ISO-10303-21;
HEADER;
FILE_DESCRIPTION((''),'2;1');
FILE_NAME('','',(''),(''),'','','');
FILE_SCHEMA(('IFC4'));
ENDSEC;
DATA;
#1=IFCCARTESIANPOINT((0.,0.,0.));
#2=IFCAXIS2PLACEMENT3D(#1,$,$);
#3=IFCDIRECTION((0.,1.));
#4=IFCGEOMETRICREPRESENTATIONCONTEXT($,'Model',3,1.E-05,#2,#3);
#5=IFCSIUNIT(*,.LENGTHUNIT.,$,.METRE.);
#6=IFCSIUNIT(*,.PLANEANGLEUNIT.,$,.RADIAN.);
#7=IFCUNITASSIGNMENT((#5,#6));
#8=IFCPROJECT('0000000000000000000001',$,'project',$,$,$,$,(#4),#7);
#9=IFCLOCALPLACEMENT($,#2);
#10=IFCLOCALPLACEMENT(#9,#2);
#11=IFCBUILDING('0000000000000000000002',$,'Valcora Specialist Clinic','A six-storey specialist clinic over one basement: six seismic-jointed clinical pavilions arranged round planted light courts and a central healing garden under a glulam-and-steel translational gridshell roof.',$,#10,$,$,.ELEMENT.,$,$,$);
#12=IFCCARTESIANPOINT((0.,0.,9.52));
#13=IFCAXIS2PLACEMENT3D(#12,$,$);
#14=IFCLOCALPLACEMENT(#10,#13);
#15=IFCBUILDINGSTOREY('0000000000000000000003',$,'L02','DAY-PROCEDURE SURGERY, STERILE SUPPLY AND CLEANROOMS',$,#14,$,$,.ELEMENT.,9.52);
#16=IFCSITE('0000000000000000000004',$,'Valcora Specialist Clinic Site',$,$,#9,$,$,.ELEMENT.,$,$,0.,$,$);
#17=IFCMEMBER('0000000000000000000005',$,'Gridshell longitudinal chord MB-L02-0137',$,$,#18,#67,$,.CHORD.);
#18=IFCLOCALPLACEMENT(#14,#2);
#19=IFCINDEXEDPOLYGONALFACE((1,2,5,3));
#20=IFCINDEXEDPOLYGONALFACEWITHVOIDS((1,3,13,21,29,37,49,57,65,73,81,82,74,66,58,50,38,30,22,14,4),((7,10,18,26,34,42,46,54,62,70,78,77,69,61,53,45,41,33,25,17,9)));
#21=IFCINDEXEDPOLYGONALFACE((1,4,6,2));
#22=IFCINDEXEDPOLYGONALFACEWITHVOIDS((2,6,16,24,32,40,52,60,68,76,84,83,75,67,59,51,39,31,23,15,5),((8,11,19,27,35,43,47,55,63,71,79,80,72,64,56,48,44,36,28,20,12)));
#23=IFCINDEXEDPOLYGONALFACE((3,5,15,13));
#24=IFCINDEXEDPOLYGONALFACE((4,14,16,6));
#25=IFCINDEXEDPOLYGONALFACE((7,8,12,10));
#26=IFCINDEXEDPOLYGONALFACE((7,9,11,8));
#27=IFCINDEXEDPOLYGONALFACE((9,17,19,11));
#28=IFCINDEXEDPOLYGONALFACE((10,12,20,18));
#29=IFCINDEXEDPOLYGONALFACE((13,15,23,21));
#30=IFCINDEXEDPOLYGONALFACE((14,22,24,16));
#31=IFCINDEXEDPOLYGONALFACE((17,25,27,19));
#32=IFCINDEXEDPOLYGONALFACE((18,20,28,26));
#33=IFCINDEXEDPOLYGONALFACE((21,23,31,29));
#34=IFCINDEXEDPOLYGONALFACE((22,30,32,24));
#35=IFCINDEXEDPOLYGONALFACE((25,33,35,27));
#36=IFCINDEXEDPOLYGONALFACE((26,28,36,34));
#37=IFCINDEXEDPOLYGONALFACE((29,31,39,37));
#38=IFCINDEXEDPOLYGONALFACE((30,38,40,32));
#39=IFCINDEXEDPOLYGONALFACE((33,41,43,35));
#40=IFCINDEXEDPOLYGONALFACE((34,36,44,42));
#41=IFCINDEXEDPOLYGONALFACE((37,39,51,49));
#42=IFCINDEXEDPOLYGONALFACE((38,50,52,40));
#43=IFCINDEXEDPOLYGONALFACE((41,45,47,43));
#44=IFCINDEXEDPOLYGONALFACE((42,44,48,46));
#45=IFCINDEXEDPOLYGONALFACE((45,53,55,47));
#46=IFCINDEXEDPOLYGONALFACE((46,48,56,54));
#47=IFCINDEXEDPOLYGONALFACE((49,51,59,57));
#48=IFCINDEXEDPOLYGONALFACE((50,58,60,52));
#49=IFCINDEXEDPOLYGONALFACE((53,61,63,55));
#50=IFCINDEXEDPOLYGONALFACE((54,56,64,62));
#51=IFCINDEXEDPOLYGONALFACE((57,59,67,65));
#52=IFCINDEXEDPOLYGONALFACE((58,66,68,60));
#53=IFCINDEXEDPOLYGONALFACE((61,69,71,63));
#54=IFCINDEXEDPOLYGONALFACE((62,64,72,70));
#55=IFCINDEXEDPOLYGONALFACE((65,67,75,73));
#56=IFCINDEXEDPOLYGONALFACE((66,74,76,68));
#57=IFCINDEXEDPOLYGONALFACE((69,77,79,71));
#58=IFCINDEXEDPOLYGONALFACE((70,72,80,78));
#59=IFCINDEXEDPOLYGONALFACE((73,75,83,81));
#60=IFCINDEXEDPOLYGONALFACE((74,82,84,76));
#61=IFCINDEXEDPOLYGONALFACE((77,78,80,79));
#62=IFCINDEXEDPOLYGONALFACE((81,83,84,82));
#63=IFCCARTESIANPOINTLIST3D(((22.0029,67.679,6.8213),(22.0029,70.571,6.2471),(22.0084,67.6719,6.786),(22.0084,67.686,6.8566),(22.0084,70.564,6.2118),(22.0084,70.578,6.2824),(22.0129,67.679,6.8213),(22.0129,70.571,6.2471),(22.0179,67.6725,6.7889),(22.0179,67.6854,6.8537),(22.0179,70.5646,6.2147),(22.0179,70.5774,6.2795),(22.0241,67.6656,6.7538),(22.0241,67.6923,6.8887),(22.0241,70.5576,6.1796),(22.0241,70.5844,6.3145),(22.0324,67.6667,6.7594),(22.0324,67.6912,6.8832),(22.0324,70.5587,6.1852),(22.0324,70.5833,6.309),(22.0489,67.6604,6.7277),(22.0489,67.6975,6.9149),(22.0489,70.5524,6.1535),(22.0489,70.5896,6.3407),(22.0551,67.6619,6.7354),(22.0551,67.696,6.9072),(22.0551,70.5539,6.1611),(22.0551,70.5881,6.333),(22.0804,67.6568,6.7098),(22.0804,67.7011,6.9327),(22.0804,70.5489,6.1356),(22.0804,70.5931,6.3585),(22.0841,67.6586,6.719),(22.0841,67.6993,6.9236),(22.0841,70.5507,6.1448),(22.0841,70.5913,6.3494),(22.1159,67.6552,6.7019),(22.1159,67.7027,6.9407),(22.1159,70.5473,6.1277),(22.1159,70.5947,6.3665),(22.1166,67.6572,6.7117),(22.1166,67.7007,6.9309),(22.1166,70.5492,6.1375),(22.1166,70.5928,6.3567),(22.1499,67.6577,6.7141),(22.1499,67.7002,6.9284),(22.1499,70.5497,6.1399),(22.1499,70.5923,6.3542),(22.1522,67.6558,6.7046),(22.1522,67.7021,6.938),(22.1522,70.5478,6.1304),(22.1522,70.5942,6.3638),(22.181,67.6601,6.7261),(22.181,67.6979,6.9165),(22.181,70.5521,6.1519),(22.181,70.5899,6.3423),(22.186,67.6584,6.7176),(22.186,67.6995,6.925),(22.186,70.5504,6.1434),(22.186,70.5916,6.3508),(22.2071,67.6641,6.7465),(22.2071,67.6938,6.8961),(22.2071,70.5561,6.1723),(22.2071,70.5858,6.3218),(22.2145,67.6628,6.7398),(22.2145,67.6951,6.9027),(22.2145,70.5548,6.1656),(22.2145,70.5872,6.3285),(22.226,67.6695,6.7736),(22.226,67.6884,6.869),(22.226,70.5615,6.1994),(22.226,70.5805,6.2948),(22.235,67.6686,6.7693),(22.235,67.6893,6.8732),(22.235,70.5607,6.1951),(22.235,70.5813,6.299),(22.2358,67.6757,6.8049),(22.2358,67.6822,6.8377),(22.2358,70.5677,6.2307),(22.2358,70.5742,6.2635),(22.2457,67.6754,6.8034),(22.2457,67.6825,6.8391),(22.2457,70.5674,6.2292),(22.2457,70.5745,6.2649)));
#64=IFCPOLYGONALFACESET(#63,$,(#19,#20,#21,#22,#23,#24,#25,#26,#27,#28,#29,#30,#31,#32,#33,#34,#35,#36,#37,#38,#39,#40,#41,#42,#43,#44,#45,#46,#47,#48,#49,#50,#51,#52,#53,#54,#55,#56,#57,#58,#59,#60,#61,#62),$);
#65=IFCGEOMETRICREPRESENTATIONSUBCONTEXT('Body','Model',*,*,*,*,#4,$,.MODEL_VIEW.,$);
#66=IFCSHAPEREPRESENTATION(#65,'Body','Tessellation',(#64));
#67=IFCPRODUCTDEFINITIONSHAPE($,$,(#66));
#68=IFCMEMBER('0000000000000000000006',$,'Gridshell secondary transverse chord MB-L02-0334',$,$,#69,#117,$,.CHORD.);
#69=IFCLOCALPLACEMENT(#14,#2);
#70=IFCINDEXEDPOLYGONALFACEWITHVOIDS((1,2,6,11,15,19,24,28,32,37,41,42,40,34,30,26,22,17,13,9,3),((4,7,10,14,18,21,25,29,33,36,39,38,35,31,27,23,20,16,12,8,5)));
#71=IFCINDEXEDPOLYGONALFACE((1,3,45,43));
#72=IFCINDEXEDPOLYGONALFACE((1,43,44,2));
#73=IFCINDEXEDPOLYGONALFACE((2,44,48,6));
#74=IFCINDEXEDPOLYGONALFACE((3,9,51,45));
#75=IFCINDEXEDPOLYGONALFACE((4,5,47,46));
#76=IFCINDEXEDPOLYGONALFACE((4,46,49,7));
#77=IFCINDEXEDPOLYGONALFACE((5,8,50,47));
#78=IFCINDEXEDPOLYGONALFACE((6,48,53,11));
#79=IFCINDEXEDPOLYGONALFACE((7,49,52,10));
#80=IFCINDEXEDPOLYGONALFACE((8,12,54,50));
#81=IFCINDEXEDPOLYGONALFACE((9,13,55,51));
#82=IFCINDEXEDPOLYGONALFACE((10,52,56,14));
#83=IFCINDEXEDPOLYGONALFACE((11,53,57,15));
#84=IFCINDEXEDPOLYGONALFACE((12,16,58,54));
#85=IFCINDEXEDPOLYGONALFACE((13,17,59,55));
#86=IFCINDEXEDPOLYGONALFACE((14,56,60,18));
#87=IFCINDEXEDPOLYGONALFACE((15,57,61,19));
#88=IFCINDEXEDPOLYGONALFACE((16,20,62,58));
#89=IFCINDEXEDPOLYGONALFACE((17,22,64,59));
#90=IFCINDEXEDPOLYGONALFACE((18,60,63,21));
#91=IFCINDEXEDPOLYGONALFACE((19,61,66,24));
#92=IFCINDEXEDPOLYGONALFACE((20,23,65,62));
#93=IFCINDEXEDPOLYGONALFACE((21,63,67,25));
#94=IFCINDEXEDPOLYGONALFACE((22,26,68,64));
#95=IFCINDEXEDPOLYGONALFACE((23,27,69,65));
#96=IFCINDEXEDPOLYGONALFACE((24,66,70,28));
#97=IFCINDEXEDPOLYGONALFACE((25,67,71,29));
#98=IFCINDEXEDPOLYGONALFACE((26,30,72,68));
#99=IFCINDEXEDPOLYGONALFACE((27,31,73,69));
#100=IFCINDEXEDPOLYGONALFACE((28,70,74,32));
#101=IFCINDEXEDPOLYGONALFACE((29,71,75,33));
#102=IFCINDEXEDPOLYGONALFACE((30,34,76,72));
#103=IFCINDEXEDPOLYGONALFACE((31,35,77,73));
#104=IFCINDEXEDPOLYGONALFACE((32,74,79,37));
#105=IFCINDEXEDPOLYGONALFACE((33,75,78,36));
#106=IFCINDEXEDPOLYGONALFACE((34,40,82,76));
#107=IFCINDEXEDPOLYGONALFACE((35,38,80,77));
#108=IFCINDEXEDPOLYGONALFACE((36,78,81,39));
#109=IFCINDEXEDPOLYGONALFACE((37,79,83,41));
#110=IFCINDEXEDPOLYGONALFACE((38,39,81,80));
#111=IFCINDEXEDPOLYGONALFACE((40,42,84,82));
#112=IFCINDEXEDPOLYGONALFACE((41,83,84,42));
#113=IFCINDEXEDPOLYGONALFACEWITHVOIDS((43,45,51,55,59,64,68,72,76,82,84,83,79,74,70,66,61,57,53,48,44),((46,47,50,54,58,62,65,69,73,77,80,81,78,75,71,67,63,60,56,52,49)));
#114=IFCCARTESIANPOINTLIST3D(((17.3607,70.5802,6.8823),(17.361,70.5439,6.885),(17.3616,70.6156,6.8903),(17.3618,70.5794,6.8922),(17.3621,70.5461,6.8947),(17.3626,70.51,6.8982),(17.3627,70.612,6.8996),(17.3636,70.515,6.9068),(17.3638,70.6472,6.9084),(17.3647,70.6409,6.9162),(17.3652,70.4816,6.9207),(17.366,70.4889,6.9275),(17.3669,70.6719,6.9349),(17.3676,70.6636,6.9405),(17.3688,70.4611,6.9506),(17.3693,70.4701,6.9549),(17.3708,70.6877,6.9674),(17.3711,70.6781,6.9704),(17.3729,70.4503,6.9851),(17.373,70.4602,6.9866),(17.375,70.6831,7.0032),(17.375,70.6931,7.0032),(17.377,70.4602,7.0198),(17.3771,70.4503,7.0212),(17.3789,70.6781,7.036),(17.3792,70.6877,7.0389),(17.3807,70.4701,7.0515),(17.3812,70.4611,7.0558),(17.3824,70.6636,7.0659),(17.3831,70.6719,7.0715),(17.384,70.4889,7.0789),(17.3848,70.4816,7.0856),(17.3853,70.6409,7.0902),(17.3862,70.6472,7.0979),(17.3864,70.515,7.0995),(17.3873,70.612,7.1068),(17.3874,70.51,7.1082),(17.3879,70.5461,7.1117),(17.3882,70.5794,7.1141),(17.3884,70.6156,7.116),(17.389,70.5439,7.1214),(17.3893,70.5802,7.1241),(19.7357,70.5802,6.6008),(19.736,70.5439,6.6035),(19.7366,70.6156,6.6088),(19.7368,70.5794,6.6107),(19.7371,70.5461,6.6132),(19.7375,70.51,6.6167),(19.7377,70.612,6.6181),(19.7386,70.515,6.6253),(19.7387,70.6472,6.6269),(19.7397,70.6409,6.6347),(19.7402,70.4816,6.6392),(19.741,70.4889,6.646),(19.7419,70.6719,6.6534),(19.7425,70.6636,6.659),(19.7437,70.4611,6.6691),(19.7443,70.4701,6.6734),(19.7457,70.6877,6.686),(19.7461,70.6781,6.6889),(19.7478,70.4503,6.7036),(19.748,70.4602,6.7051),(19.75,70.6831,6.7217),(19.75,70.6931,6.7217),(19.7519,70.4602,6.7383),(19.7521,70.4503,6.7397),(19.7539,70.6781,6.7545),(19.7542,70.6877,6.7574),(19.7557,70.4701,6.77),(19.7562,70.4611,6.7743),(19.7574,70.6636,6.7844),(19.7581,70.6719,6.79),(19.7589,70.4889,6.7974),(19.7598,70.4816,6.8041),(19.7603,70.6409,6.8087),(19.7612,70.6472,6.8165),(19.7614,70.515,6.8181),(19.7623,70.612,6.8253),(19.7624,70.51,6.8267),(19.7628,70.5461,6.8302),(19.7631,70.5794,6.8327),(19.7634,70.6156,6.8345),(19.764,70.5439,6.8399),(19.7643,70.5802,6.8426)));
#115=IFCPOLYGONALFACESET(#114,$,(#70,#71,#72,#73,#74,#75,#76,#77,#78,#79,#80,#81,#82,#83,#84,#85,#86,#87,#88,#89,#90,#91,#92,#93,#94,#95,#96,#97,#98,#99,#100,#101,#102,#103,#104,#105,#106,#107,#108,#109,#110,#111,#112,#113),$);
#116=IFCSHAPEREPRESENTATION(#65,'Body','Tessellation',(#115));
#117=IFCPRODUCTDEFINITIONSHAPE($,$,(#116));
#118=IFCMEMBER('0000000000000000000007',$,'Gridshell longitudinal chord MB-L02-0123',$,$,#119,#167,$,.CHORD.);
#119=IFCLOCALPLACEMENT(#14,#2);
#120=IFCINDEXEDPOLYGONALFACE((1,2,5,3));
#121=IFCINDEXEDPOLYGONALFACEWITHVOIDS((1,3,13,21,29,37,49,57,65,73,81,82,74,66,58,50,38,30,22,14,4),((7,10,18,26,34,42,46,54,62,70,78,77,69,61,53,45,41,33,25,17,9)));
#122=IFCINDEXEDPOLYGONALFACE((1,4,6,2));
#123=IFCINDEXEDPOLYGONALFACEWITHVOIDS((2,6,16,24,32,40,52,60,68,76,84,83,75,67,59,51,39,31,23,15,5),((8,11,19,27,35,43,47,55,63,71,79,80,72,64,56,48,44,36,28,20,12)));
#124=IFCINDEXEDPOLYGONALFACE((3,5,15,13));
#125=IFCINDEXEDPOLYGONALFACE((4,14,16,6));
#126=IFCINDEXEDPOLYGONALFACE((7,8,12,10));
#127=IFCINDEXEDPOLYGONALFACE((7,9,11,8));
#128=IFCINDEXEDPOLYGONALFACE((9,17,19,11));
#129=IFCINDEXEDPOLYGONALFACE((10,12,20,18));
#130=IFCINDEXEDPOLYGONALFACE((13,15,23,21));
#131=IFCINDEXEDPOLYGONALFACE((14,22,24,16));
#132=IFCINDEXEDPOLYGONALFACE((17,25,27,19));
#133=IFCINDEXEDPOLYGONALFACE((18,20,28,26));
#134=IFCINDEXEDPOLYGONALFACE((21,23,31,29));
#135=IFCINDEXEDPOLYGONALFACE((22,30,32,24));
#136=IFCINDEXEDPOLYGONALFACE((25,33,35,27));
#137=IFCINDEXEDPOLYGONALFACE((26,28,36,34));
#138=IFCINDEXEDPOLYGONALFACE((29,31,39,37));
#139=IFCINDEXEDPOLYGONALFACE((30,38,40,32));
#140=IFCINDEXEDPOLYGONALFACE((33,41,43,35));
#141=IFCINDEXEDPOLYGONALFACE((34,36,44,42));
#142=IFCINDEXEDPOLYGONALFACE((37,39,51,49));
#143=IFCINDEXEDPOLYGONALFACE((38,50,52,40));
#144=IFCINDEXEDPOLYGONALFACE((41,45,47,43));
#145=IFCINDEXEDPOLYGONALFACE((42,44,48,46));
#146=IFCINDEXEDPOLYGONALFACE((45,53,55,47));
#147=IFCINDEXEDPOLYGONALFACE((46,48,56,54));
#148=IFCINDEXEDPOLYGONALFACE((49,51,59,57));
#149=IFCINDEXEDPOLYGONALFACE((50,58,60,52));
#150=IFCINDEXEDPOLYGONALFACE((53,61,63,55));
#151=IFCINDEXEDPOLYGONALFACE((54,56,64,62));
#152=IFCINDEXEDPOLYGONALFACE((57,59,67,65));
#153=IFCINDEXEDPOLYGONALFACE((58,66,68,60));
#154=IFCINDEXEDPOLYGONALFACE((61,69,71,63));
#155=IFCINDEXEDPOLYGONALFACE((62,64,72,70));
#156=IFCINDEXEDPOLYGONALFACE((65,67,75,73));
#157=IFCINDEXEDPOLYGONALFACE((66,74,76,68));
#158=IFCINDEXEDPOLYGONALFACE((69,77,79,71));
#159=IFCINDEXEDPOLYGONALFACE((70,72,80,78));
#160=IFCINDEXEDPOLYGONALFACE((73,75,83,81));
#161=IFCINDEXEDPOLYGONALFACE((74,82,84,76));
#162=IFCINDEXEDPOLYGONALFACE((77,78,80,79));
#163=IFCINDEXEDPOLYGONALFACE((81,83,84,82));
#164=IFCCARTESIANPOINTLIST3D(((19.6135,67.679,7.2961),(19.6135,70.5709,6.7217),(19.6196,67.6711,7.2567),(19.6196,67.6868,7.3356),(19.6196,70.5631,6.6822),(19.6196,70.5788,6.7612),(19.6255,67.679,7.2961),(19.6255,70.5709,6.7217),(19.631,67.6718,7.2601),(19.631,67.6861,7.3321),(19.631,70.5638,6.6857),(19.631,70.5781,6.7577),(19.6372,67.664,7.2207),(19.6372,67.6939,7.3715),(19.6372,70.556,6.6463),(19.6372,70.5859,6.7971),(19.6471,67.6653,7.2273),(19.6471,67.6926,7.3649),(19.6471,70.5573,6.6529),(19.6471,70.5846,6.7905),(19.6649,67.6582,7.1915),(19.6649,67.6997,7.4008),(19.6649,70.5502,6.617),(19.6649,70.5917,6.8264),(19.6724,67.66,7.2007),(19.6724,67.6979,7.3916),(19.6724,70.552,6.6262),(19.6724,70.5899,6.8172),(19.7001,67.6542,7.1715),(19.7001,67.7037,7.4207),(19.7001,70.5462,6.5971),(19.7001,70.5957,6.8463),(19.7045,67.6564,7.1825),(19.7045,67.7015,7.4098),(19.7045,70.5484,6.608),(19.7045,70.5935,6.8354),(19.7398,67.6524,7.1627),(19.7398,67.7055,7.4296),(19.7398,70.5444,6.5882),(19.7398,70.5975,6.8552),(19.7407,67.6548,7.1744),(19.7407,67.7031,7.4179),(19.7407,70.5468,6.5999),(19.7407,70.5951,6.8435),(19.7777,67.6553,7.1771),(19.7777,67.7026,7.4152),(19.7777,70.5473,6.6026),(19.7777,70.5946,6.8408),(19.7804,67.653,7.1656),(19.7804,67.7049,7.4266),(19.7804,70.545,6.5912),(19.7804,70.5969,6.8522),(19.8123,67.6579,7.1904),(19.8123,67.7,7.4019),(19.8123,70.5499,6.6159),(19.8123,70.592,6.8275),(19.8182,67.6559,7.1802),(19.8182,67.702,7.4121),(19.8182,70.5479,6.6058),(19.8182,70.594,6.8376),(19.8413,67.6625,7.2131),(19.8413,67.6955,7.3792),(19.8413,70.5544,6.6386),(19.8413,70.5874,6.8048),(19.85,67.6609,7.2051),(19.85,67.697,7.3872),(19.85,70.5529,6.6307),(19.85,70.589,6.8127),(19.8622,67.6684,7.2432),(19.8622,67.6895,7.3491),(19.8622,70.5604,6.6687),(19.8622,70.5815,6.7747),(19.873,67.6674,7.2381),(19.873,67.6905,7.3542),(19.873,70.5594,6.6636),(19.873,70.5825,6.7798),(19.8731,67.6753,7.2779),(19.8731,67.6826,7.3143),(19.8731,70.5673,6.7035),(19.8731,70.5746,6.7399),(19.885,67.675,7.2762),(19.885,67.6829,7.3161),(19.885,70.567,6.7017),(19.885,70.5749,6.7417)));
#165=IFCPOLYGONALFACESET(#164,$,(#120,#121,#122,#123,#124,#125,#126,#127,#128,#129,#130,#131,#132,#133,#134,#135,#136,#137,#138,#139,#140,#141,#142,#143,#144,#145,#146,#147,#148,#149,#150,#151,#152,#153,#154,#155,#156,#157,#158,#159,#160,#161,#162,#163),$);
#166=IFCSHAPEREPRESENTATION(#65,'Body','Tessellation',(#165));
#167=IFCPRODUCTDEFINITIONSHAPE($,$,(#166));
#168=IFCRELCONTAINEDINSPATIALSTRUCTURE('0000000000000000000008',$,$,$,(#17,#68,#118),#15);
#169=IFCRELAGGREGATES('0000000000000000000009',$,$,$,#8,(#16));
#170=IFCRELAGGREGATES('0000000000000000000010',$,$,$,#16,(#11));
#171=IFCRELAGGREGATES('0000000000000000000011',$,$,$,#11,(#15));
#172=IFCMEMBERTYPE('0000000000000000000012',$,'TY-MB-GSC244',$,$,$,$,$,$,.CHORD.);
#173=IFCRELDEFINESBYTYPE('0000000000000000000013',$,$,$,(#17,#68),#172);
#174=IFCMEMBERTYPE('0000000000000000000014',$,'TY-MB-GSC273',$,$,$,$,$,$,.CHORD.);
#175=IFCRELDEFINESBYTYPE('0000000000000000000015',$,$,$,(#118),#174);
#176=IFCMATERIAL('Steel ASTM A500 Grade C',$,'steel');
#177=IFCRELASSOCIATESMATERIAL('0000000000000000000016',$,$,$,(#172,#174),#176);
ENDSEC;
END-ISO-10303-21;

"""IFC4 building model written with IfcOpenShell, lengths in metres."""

from ifc_helpers import new_model, si_unit, direction, frame, origin, origin_2d, place, context, subcontext, project, spatial, hollow_circle, extrude, material, material_profile, profile_set, type_object, element, save


model = new_model("IFC4")

# Units and contexts
model_context = context("Model", 3, precision=1e-05, world=origin(), true_north=direction((0.0, 1.0)))
body_context = subcontext(model_context, "Body", "Model", "MODEL_VIEW")
ifc_project = project(units=[si_unit("LENGTHUNIT", "METRE"), si_unit("PLANEANGLEUNIT", "RADIAN")], contexts=[model_context])

# Site, building, storey
site_placement = place(None, origin())
site = spatial("IfcSite", under=ifc_project, at=site_placement, Name="Valcora Specialist Clinic Site", CompositionType="ELEMENT", RefElevation=0.0)
building_placement = place(site_placement, origin())
building = spatial("IfcBuilding", under=site, at=building_placement, Name="Valcora Specialist Clinic", Description="A six-storey specialist clinic over one basement: six seismic-jointed clinical pavilions arranged round planted light courts and a central healing garden under a glulam-and-steel translational gridshell roof.", CompositionType="ELEMENT")
storey_placement = place(building_placement, frame((0.0, 0.0, 9.52)))
storey = spatial("IfcBuildingStorey", under=building, at=storey_placement, Name="L02", Description="DAY-PROCEDURE SURGERY, STERILE SUPPLY AND CLEANROOMS", CompositionType="ELEMENT", Elevation=9.52)

# Members
ifc_material_1 = material(Name="Steel ASTM A500 Grade C", Category="steel")
ifc_material_profile_1 = material_profile(ifc_material_1, hollow_circle(Radius=0.1221, WallThickness=0.01, at=origin_2d()), Name="ST-CHS-244X10")
ifc_profile_set_1 = profile_set([ifc_material_profile_1], Name="Steel ASTM A500 Grade C")
member_type_1 = type_object("IfcMemberType", Name="TY-MB-GSC244", PredefinedType="CHORD", material=ifc_profile_set_1)
member_1_placement = place(storey_placement, frame((22.125, 67.679, 6.8213), z_axis=(0.0, 0.980854, -0.194747), x_axis=(-1.0, 0.0, 0.0)))
element("IfcMember", 1, at=member_1_placement, inside=storey, type_object=member_type_1, Name="Gridshell longitudinal chord MB-L02-0137", PredefinedType="CHORD", context=body_context, shape_type="SweptSolid", body=[
    extrude(hollow_circle(Radius=0.1221, WallThickness=0.01, at=origin_2d()), origin(), (0.0, 0.0, 1.0), 2.9485),
])
member_2_placement = place(storey_placement, frame((17.375, 70.571, 7.0032), z_axis=(0.993049, 0.0, -0.1177), x_axis=(0.0, 1.0, 0.0)))
element("IfcMember", 2, at=member_2_placement, inside=storey, type_object=member_type_1, Name="Gridshell secondary transverse chord MB-L02-0334", PredefinedType="CHORD", context=body_context, shape_type="SweptSolid", body=[
    extrude(hollow_circle(Radius=0.1221, WallThickness=0.01, at=origin_2d()), origin(), (0.0, 0.0, 1.0), 2.3916),
])
ifc_material_profile_2 = material_profile(ifc_material_1, hollow_circle(Radius=0.1365, WallThickness=0.012, at=origin_2d()), Name="ST-CHS-273X12")
ifc_profile_set_2 = profile_set([ifc_material_profile_2], Name="Steel ASTM A500 Grade C")
member_type_2 = type_object("IfcMemberType", Name="TY-MB-GSC273", PredefinedType="CHORD", material=ifc_profile_set_2)
member_3_placement = place(storey_placement, frame((19.75, 67.679, 7.2961), z_axis=(0.0, 0.980838, -0.194826), x_axis=(-1.0, 0.0, 0.0)))
element("IfcMember", 3, at=member_3_placement, inside=storey, type_object=member_type_2, Name="Gridshell longitudinal chord MB-L02-0123", PredefinedType="CHORD", context=body_context, shape_type="SweptSolid", body=[
    extrude(hollow_circle(Radius=0.1365, WallThickness=0.012, at=origin_2d()), origin(), (0.0, 0.0, 1.0), 2.9485),
])

save(model, "model.ifc")
